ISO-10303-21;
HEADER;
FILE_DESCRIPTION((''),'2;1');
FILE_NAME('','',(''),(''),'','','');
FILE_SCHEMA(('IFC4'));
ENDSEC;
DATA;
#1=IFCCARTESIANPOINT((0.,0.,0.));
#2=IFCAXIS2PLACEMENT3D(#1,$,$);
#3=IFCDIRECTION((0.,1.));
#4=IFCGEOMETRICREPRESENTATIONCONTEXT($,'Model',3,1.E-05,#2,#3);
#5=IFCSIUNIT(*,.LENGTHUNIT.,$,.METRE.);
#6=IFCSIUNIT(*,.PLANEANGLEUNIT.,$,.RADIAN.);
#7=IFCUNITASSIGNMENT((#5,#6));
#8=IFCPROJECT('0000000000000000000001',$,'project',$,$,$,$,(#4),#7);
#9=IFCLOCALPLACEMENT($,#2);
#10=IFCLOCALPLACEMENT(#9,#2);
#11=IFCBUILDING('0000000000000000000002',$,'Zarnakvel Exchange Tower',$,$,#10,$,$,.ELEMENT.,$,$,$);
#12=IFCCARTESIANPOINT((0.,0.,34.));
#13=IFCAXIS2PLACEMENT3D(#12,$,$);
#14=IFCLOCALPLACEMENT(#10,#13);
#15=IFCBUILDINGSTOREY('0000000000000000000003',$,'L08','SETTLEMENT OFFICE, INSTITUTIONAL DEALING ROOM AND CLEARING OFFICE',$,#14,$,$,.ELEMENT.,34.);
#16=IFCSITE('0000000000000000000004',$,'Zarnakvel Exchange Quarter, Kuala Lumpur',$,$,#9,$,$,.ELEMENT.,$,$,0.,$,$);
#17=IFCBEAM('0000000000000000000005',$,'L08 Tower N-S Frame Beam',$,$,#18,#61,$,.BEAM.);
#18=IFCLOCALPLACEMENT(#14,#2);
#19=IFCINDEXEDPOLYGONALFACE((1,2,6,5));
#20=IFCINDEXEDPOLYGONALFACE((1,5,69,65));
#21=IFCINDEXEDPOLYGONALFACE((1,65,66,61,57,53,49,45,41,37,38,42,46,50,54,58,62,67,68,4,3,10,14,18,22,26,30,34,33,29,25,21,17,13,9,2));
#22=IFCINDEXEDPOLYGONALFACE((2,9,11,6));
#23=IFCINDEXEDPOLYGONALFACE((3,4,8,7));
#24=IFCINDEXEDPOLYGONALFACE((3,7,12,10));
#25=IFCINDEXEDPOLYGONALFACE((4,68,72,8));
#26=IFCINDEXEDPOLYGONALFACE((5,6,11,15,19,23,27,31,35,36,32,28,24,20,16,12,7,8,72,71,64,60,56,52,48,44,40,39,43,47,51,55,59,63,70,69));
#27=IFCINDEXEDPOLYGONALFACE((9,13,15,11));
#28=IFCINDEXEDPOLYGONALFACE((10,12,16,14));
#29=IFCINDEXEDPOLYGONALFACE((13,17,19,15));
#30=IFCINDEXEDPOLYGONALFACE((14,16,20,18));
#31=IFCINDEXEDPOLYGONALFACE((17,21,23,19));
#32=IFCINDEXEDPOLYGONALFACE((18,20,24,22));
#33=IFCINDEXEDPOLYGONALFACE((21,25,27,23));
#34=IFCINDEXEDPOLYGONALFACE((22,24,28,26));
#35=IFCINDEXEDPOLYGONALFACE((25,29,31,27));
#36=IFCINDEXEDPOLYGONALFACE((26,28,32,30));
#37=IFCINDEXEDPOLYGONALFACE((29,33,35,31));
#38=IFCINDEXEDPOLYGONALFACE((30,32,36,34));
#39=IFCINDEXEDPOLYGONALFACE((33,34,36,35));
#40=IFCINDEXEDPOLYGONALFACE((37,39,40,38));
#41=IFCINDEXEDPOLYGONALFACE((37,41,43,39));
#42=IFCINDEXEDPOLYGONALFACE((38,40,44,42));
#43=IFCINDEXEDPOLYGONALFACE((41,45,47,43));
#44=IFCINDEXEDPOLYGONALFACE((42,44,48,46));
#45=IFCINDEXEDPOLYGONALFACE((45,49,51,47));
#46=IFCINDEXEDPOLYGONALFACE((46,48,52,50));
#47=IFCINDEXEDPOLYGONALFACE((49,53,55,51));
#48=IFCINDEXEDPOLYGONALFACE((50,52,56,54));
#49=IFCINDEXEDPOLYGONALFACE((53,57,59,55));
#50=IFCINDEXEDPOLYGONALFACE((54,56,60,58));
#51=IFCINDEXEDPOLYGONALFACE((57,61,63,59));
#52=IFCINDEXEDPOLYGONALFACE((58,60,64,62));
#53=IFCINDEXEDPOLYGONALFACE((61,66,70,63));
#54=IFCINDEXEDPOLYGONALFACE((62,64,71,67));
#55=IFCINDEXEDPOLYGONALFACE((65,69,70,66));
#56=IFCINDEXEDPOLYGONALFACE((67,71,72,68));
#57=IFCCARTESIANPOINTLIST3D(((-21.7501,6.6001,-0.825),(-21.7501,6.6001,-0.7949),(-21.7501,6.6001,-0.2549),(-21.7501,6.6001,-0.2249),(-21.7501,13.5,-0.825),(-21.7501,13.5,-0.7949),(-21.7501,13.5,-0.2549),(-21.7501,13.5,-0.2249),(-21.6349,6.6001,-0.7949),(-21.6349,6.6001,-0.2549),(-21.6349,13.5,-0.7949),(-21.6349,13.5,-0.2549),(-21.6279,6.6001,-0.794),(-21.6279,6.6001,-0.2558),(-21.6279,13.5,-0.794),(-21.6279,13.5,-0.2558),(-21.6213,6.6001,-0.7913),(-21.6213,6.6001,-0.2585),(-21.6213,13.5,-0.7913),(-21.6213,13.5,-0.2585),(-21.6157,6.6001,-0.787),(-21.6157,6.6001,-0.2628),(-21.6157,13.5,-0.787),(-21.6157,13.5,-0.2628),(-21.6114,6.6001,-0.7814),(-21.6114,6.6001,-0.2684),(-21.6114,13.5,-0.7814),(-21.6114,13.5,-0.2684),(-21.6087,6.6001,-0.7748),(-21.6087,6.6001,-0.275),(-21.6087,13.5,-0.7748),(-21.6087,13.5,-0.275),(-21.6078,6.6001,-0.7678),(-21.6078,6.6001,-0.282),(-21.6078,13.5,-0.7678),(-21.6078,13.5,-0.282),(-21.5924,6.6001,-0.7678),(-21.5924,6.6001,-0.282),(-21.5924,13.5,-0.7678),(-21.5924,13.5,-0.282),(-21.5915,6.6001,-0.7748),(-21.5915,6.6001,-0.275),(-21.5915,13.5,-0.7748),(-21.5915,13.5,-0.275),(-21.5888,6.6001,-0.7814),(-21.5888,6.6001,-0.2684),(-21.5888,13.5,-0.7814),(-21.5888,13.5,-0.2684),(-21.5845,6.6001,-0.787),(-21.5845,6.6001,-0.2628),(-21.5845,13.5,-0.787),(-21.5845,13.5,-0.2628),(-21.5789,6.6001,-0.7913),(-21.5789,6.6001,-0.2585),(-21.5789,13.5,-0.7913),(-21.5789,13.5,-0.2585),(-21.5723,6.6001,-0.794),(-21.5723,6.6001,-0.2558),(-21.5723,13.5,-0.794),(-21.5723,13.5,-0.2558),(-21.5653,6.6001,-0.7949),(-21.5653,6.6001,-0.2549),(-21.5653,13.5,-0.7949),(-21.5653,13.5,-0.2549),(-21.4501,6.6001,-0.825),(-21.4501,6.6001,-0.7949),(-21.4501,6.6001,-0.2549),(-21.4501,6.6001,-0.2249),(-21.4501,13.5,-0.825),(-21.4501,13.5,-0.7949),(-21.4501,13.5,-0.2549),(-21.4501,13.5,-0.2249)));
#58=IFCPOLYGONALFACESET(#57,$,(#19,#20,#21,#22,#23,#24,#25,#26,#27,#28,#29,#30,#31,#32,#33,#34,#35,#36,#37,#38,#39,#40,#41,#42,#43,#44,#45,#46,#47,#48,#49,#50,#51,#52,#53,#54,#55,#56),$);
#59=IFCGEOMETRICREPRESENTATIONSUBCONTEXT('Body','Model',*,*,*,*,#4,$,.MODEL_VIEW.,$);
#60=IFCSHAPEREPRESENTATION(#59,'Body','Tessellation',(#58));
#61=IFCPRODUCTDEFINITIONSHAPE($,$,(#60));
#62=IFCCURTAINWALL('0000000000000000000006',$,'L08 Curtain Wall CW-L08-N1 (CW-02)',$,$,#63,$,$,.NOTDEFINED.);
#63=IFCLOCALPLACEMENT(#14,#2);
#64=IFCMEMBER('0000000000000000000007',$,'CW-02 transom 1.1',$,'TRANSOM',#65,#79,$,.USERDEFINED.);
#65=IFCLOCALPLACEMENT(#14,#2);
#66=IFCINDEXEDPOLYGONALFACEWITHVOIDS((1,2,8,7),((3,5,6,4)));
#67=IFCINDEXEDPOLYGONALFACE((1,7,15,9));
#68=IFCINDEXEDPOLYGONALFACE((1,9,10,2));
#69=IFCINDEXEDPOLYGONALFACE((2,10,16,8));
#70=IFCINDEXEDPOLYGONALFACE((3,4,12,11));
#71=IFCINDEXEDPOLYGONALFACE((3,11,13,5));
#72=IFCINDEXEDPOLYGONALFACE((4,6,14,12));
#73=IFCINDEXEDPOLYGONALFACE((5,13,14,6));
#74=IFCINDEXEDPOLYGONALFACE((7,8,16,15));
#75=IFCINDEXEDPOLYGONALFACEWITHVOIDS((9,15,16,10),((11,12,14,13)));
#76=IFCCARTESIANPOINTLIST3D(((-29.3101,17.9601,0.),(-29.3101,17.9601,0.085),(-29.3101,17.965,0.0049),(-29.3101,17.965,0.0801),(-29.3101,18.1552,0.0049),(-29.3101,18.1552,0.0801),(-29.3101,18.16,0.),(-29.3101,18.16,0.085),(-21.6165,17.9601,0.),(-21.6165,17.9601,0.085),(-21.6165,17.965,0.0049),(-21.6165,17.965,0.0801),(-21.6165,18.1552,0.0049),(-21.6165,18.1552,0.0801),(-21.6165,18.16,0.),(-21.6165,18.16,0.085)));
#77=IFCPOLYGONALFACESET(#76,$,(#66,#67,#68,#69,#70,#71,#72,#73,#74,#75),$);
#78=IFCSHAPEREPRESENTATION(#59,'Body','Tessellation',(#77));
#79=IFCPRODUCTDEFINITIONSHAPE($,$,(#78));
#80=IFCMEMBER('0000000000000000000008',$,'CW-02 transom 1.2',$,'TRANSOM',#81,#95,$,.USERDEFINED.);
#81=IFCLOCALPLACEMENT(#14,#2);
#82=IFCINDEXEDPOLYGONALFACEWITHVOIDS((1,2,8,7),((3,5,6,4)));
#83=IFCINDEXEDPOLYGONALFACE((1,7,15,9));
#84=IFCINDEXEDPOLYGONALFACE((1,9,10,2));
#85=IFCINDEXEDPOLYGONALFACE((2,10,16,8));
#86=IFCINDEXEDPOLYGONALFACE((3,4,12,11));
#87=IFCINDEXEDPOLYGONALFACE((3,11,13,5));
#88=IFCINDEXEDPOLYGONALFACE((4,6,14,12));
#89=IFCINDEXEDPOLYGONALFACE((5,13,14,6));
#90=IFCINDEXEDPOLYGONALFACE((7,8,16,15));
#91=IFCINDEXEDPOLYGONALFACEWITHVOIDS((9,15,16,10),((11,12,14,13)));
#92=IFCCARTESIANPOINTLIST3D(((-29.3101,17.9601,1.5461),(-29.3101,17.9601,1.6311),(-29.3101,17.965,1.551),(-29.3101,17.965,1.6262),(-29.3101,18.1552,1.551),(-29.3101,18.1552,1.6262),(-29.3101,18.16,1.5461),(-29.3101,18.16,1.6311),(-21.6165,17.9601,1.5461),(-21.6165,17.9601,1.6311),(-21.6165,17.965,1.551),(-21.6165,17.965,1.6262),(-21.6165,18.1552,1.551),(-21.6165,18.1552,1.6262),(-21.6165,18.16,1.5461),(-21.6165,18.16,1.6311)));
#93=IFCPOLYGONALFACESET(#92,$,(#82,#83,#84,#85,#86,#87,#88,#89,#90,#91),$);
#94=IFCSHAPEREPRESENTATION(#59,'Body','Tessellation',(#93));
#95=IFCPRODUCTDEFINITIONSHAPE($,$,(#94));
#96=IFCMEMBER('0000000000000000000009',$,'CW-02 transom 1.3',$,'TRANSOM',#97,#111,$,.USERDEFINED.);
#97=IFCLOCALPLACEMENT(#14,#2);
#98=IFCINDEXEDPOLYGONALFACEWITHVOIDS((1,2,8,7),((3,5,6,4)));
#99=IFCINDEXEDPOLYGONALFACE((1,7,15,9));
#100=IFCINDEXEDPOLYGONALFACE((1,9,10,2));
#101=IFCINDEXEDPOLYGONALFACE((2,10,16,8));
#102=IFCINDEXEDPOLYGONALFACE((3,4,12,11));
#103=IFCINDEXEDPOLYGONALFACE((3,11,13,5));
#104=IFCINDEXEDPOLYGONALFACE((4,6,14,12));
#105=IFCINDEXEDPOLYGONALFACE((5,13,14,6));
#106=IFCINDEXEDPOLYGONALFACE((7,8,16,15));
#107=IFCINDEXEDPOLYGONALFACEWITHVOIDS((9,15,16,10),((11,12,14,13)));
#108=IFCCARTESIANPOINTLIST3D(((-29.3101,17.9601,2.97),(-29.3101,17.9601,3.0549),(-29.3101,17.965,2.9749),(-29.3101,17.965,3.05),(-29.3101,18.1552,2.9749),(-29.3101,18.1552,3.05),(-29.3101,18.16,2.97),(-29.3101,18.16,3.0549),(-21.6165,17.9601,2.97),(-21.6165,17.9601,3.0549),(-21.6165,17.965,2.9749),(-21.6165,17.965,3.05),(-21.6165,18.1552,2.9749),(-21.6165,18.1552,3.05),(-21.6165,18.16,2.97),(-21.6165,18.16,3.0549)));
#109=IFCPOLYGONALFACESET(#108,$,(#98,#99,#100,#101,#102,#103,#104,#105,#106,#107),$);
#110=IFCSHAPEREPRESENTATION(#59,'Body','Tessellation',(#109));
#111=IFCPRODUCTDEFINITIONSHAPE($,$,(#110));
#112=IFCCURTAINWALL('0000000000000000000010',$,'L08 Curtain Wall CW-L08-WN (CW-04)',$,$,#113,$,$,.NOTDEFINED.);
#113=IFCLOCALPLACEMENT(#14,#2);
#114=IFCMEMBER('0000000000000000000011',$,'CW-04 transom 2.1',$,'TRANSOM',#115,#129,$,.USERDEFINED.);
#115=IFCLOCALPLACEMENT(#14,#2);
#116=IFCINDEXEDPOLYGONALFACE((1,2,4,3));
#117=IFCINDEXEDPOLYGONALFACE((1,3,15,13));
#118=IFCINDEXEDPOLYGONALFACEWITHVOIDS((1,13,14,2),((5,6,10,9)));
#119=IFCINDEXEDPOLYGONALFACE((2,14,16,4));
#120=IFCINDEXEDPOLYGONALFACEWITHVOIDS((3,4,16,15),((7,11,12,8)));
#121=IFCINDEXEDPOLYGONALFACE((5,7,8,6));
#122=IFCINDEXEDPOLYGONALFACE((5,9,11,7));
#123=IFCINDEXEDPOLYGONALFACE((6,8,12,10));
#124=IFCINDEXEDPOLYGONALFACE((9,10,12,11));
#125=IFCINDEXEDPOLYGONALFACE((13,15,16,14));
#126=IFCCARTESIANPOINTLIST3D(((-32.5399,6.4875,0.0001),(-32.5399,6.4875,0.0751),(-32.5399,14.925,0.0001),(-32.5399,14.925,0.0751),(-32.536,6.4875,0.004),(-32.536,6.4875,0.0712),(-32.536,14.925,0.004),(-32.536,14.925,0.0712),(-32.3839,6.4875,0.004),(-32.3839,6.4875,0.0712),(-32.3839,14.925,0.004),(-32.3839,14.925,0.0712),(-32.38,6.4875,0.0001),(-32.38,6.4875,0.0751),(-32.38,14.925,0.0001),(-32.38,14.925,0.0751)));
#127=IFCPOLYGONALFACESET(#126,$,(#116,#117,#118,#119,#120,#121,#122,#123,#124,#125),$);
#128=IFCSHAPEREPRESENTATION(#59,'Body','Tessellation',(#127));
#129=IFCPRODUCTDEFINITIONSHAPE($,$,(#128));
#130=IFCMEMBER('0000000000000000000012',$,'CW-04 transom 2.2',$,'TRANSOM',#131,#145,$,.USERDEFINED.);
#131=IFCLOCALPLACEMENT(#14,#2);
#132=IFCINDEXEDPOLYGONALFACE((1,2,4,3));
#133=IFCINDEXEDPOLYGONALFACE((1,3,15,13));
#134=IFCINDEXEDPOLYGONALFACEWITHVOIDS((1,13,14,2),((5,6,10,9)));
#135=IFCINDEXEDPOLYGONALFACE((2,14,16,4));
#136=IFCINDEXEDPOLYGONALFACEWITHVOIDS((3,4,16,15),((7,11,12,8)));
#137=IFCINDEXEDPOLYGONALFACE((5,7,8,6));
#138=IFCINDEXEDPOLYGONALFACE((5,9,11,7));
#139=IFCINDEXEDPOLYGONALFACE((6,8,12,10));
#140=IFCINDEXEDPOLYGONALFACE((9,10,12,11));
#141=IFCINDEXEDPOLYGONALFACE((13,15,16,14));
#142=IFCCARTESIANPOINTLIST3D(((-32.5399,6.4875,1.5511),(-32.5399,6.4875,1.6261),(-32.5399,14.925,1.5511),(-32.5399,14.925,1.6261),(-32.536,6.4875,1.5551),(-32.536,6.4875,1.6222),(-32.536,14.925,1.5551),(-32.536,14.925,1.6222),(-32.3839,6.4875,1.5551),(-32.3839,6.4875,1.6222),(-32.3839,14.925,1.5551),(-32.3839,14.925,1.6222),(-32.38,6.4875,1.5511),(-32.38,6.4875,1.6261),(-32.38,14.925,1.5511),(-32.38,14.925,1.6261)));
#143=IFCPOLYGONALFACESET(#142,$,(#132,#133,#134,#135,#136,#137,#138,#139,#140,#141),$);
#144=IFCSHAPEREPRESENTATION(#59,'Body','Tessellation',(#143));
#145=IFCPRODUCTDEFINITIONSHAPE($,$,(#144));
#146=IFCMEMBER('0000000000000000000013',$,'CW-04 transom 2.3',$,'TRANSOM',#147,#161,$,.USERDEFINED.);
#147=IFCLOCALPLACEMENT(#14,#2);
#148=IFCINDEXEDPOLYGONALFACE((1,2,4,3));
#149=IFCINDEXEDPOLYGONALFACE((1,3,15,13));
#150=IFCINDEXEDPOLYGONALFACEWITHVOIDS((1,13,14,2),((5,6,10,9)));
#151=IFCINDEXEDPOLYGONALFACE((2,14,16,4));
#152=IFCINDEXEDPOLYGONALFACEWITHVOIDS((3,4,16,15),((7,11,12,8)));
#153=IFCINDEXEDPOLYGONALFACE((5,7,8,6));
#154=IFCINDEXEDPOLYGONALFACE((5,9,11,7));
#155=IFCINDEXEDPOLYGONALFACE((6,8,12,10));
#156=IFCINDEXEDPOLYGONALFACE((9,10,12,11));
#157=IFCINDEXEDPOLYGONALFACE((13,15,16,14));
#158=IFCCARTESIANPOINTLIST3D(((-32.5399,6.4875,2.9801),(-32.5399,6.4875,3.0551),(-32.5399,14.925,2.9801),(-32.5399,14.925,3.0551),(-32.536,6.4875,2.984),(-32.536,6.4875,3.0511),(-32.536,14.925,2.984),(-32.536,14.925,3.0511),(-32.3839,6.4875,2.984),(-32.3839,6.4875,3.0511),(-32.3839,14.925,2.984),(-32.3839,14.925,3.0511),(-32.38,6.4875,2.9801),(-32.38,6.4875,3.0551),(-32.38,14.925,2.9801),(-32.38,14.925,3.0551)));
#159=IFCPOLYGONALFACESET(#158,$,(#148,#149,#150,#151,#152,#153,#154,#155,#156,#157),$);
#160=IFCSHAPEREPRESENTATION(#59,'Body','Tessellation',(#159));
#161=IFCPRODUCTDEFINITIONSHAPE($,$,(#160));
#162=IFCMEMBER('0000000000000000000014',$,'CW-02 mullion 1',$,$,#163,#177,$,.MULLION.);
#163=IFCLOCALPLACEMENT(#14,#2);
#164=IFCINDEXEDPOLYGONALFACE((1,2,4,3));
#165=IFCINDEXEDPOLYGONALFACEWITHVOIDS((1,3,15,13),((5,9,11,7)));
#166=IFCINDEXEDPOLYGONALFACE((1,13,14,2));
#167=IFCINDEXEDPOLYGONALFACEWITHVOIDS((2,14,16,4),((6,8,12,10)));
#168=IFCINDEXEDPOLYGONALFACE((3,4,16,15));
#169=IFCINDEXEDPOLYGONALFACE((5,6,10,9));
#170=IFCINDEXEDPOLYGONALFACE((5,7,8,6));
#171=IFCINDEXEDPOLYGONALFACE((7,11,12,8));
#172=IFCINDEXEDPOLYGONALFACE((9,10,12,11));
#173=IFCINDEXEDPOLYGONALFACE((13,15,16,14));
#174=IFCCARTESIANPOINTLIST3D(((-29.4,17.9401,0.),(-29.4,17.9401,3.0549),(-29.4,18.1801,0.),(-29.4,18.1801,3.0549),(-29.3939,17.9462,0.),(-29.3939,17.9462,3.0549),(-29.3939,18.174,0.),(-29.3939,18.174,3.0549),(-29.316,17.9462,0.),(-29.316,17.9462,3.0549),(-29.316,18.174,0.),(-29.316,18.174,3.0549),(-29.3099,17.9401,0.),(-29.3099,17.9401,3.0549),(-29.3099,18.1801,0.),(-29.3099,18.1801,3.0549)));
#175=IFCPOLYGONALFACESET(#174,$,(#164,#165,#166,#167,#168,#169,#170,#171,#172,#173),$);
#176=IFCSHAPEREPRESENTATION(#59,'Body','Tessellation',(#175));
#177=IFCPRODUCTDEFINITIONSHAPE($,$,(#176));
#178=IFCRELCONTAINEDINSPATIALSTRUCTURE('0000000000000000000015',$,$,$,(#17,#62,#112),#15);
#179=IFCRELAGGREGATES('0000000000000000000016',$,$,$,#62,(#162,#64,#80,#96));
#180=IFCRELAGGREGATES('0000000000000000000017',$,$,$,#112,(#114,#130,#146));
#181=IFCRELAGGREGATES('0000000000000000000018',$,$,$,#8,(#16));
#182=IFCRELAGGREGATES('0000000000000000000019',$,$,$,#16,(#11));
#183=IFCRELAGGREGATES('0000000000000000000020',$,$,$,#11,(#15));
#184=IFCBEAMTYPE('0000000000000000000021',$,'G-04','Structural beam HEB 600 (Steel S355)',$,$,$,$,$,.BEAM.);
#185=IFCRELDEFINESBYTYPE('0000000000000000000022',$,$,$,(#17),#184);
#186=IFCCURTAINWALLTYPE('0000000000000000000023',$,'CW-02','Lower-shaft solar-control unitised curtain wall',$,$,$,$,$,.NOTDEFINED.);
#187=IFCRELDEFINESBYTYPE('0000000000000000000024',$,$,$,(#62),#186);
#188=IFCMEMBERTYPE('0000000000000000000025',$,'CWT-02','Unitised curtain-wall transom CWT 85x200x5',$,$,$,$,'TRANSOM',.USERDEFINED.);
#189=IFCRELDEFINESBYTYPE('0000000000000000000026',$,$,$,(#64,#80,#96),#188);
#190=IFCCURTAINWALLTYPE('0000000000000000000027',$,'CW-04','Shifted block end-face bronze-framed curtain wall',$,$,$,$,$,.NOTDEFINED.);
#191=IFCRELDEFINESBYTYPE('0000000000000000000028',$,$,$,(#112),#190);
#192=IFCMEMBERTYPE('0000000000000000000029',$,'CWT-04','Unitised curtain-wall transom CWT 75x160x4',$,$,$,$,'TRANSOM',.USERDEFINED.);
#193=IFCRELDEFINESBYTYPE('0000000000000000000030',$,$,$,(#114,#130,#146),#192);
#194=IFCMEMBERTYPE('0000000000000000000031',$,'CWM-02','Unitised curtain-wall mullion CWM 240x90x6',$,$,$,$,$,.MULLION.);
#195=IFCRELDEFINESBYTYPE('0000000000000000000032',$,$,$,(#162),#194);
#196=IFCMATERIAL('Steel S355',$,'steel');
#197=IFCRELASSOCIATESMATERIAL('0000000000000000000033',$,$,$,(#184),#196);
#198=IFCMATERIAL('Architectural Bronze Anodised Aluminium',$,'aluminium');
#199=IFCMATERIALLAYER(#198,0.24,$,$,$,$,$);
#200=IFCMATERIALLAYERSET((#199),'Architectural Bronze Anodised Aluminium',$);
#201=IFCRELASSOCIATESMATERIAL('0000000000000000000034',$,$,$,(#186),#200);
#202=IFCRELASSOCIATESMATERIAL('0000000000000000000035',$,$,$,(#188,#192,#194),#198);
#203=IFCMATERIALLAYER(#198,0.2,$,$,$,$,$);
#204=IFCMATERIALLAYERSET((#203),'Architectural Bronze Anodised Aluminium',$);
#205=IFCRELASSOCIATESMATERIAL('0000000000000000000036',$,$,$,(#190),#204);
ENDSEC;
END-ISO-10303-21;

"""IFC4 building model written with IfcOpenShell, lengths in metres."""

from ifc_helpers import new_model, si_unit, direction, frame, origin, origin_2d, place, context, subcontext, project, spatial, hollow_rectangle, i_section, extrude, source, transform, mapped, material, layer, layer_set, material_profile, profile_set, type_object, element, aggregate, save


model = new_model("IFC4")

# Units and contexts
model_context = context("Model", 3, precision=1e-05, world=origin(), true_north=direction((0.0, 1.0)))
body_context = subcontext(model_context, "Body", "Model", "MODEL_VIEW")
ifc_project = project(units=[si_unit("LENGTHUNIT", "METRE"), si_unit("PLANEANGLEUNIT", "RADIAN")], contexts=[model_context])

# Site, building, storey
site_placement = place(None, origin())
site = spatial("IfcSite", under=ifc_project, at=site_placement, Name="Zarnakvel Exchange Quarter, Kuala Lumpur", CompositionType="ELEMENT", RefElevation=0.0)
building_placement = place(site_placement, origin())
building = spatial("IfcBuilding", under=site, at=building_placement, Name="Zarnakvel Exchange Tower", CompositionType="ELEMENT")
storey_placement = place(building_placement, frame((0.0, 0.0, 34.0)))
storey = spatial("IfcBuildingStorey", under=building, at=storey_placement, Name="L08", Description="SETTLEMENT OFFICE, INSTITUTIONAL DEALING ROOM AND CLEARING OFFICE", CompositionType="ELEMENT", Elevation=34.0)

# Shared definitions
ifc_material_1 = material(Name="Steel S355", Category="steel")

# Beam
ifc_material_profile_1 = material_profile(ifc_material_1, i_section(OverallWidth=0.3, OverallDepth=0.6001, WebThickness=0.0154, FlangeThickness=0.03, FilletRadius=0.0271, at=origin_2d()))
ifc_profile_set_1 = profile_set([ifc_material_profile_1], Name="Steel S355")
beam_type = type_object("IfcBeamType", Name="G-04", Description="Structural beam HEB 600 (Steel S355)", PredefinedType="BEAM", material=ifc_profile_set_1)
beam_1_placement = place(storey_placement, frame((-21.6001, 6.6001, -0.5249), z_axis=(0.0, 1.0, 0.0), x_axis=(-1.0, 0.0, 0.0)))
element("IfcBeam", 1, at=beam_1_placement, inside=storey, type_object=beam_type, Name="L08 Tower N-S Frame Beam", PredefinedType="BEAM", context=body_context, shape_type="SweptSolid", body=[
    extrude(i_section(OverallWidth=0.3, OverallDepth=0.6001, WebThickness=0.0154, FlangeThickness=0.03, FilletRadius=0.0271, at=origin_2d()), origin(), (0.0, 0.0, 1.0), 6.8999),
])

# Curtain walls, members
ifc_material_2 = material(Name="Architectural Bronze Anodised Aluminium", Category="aluminium")
ifc_layer_1 = layer(ifc_material_2, 0.24)
ifc_layer_set_1 = layer_set([ifc_layer_1], Name="Architectural Bronze Anodised Aluminium")
curtain_wall_type_1 = type_object("IfcCurtainWallType", Name="CW-02", Description="Lower-shaft solar-control unitised curtain wall", PredefinedType="NOTDEFINED", material=ifc_layer_set_1)
curtain_wall_1_placement = place(storey_placement, origin())
curtain_wall_1 = element("IfcCurtainWall", 2, at=curtain_wall_1_placement, inside=storey, type_object=curtain_wall_type_1, Name="L08 Curtain Wall CW-L08-N1 (CW-02)", PredefinedType="NOTDEFINED")
ifc_material_profile_2 = material_profile(ifc_material_2, hollow_rectangle(XDim=0.2, YDim=0.085, WallThickness=0.0049, at=origin_2d()))
ifc_profile_set_2 = profile_set([ifc_material_profile_2], Name="Architectural Bronze Anodised Aluminium")
member_type_1 = type_object("IfcMemberType", Name="CWT-02", Description="Unitised curtain-wall transom CWT 85x200x5", ElementType="TRANSOM", PredefinedType="USERDEFINED", material=ifc_profile_set_2)
shared_shape_1 = source(origin(), body_context, "Body", "SweptSolid", [
    extrude(hollow_rectangle(XDim=0.2, YDim=0.085, WallThickness=0.0049, at=origin_2d()), origin(), (0.0, 0.0, 1.0), 7.6936),
])
member_1_placement = place(storey_placement, frame((-29.3101, 18.0601, 0.0425), z_axis=(1.0, 0.0, 0.0), x_axis=(0.0, 1.0, 0.0)))
member_1 = element("IfcMember", 3, at=member_1_placement, type_object=member_type_1, Name="CW-02 transom 1.1", ObjectType="TRANSOM", PredefinedType="USERDEFINED", context=body_context, shape_type="MappedRepresentation", body=[
    mapped(shared_shape_1, transform((0.0, 0.0, 0.0), x_axis=(1.0, 0.0, 0.0), y_axis=(0.0, 1.0, 0.0), z_axis=(0.0, 0.0, 1.0), scale=1.0)),
])
member_2_placement = place(storey_placement, frame((-29.3101, 18.0601, 1.5886), z_axis=(1.0, 0.0, 0.0), x_axis=(0.0, 1.0, 0.0)))
member_2 = element("IfcMember", 4, at=member_2_placement, type_object=member_type_1, Name="CW-02 transom 1.2", ObjectType="TRANSOM", PredefinedType="USERDEFINED", context=body_context, shape_type="MappedRepresentation", body=[
    mapped(shared_shape_1, transform((0.0, 0.0, 0.0), x_axis=(1.0, 0.0, 0.0), y_axis=(0.0, 1.0, 0.0), z_axis=(0.0, 0.0, 1.0), scale=1.0)),
])
member_3_placement = place(storey_placement, frame((-29.3101, 18.0601, 3.0125), z_axis=(1.0, 0.0, 0.0), x_axis=(0.0, 1.0, 0.0)))
member_3 = element("IfcMember", 5, at=member_3_placement, type_object=member_type_1, Name="CW-02 transom 1.3", ObjectType="TRANSOM", PredefinedType="USERDEFINED", context=body_context, shape_type="MappedRepresentation", body=[
    mapped(shared_shape_1, transform((0.0, 0.0, 0.0), x_axis=(1.0, 0.0, 0.0), y_axis=(0.0, 1.0, 0.0), z_axis=(0.0, 0.0, 1.0), scale=1.0)),
])
ifc_layer_2 = layer(ifc_material_2, 0.2)
ifc_layer_set_2 = layer_set([ifc_layer_2], Name="Architectural Bronze Anodised Aluminium")
curtain_wall_type_2 = type_object("IfcCurtainWallType", Name="CW-04", Description="Shifted block end-face bronze-framed curtain wall", PredefinedType="NOTDEFINED", material=ifc_layer_set_2)
curtain_wall_2_placement = place(storey_placement, origin())
curtain_wall_2 = element("IfcCurtainWall", 6, at=curtain_wall_2_placement, inside=storey, type_object=curtain_wall_type_2, Name="L08 Curtain Wall CW-L08-WN (CW-04)", PredefinedType="NOTDEFINED")
ifc_material_profile_3 = material_profile(ifc_material_2, hollow_rectangle(XDim=0.1599, YDim=0.075, WallThickness=0.0039, at=origin_2d()))
ifc_profile_set_3 = profile_set([ifc_material_profile_3], Name="Architectural Bronze Anodised Aluminium")
member_type_2 = type_object("IfcMemberType", Name="CWT-04", Description="Unitised curtain-wall transom CWT 75x160x4", ElementType="TRANSOM", PredefinedType="USERDEFINED", material=ifc_profile_set_3)
shared_shape_2 = source(origin(), body_context, "Body", "SweptSolid", [
    extrude(hollow_rectangle(XDim=0.1599, YDim=0.075, WallThickness=0.0039, at=origin_2d()), origin(), (0.0, 0.0, 1.0), 8.4375),
])
member_4_placement = place(storey_placement, frame((-32.46, 6.4875, 0.0376), z_axis=(0.0, 1.0, 0.0), x_axis=(-1.0, 0.0, 0.0)))
member_4 = element("IfcMember", 7, at=member_4_placement, type_object=member_type_2, Name="CW-04 transom 2.1", ObjectType="TRANSOM", PredefinedType="USERDEFINED", context=body_context, shape_type="MappedRepresentation", body=[
    mapped(shared_shape_2, transform((0.0, 0.0, 0.0), x_axis=(1.0, 0.0, 0.0), y_axis=(0.0, 1.0, 0.0), z_axis=(0.0, 0.0, 1.0), scale=1.0)),
])
member_5_placement = place(storey_placement, frame((-32.46, 6.4875, 1.5886), z_axis=(0.0, 1.0, 0.0), x_axis=(-1.0, 0.0, 0.0)))
member_5 = element("IfcMember", 8, at=member_5_placement, type_object=member_type_2, Name="CW-04 transom 2.2", ObjectType="TRANSOM", PredefinedType="USERDEFINED", context=body_context, shape_type="MappedRepresentation", body=[
    mapped(shared_shape_2, transform((0.0, 0.0, 0.0), x_axis=(1.0, 0.0, 0.0), y_axis=(0.0, 1.0, 0.0), z_axis=(0.0, 0.0, 1.0), scale=1.0)),
])
member_6_placement = place(storey_placement, frame((-32.46, 6.4875, 3.0176), z_axis=(0.0, 1.0, 0.0), x_axis=(-1.0, 0.0, 0.0)))
member_6 = element("IfcMember", 9, at=member_6_placement, type_object=member_type_2, Name="CW-04 transom 2.3", ObjectType="TRANSOM", PredefinedType="USERDEFINED", context=body_context, shape_type="MappedRepresentation", body=[
    mapped(shared_shape_2, transform((0.0, 0.0, 0.0), x_axis=(1.0, 0.0, 0.0), y_axis=(0.0, 1.0, 0.0), z_axis=(0.0, 0.0, 1.0), scale=1.0)),
])

# Member
ifc_material_profile_4 = material_profile(ifc_material_2, hollow_rectangle(XDim=0.24, YDim=0.0901, WallThickness=0.0061, at=origin_2d()))
ifc_profile_set_4 = profile_set([ifc_material_profile_4], Name="Architectural Bronze Anodised Aluminium")
member_type_3 = type_object("IfcMemberType", Name="CWM-02", Description="Unitised curtain-wall mullion CWM 240x90x6", PredefinedType="MULLION", material=ifc_profile_set_4)
shared_shape_3 = source(origin(), body_context, "Body", "SweptSolid", [
    extrude(hollow_rectangle(XDim=0.24, YDim=0.0901, WallThickness=0.0061, at=origin_2d()), origin(), (0.0, 0.0, 1.0), 3.0549),
])
member_7_placement = place(storey_placement, frame((-29.355, 18.0601, 0.0), z_axis=(0.0, 0.0, 1.0), x_axis=(0.0, 1.0, 0.0)))
member_7 = element("IfcMember", 10, at=member_7_placement, type_object=member_type_3, Name="CW-02 mullion 1", PredefinedType="MULLION", context=body_context, shape_type="MappedRepresentation", body=[
    mapped(shared_shape_3, transform((0.0, 0.0, 0.0), x_axis=(1.0, 0.0, 0.0), y_axis=(0.0, 1.0, 0.0), z_axis=(0.0, 0.0, 1.0), scale=1.0)),
])

aggregate(curtain_wall_1, [member_7, member_1, member_2, member_3])
aggregate(curtain_wall_2, [member_4, member_5, member_6])

save(model, "model.ifc")
